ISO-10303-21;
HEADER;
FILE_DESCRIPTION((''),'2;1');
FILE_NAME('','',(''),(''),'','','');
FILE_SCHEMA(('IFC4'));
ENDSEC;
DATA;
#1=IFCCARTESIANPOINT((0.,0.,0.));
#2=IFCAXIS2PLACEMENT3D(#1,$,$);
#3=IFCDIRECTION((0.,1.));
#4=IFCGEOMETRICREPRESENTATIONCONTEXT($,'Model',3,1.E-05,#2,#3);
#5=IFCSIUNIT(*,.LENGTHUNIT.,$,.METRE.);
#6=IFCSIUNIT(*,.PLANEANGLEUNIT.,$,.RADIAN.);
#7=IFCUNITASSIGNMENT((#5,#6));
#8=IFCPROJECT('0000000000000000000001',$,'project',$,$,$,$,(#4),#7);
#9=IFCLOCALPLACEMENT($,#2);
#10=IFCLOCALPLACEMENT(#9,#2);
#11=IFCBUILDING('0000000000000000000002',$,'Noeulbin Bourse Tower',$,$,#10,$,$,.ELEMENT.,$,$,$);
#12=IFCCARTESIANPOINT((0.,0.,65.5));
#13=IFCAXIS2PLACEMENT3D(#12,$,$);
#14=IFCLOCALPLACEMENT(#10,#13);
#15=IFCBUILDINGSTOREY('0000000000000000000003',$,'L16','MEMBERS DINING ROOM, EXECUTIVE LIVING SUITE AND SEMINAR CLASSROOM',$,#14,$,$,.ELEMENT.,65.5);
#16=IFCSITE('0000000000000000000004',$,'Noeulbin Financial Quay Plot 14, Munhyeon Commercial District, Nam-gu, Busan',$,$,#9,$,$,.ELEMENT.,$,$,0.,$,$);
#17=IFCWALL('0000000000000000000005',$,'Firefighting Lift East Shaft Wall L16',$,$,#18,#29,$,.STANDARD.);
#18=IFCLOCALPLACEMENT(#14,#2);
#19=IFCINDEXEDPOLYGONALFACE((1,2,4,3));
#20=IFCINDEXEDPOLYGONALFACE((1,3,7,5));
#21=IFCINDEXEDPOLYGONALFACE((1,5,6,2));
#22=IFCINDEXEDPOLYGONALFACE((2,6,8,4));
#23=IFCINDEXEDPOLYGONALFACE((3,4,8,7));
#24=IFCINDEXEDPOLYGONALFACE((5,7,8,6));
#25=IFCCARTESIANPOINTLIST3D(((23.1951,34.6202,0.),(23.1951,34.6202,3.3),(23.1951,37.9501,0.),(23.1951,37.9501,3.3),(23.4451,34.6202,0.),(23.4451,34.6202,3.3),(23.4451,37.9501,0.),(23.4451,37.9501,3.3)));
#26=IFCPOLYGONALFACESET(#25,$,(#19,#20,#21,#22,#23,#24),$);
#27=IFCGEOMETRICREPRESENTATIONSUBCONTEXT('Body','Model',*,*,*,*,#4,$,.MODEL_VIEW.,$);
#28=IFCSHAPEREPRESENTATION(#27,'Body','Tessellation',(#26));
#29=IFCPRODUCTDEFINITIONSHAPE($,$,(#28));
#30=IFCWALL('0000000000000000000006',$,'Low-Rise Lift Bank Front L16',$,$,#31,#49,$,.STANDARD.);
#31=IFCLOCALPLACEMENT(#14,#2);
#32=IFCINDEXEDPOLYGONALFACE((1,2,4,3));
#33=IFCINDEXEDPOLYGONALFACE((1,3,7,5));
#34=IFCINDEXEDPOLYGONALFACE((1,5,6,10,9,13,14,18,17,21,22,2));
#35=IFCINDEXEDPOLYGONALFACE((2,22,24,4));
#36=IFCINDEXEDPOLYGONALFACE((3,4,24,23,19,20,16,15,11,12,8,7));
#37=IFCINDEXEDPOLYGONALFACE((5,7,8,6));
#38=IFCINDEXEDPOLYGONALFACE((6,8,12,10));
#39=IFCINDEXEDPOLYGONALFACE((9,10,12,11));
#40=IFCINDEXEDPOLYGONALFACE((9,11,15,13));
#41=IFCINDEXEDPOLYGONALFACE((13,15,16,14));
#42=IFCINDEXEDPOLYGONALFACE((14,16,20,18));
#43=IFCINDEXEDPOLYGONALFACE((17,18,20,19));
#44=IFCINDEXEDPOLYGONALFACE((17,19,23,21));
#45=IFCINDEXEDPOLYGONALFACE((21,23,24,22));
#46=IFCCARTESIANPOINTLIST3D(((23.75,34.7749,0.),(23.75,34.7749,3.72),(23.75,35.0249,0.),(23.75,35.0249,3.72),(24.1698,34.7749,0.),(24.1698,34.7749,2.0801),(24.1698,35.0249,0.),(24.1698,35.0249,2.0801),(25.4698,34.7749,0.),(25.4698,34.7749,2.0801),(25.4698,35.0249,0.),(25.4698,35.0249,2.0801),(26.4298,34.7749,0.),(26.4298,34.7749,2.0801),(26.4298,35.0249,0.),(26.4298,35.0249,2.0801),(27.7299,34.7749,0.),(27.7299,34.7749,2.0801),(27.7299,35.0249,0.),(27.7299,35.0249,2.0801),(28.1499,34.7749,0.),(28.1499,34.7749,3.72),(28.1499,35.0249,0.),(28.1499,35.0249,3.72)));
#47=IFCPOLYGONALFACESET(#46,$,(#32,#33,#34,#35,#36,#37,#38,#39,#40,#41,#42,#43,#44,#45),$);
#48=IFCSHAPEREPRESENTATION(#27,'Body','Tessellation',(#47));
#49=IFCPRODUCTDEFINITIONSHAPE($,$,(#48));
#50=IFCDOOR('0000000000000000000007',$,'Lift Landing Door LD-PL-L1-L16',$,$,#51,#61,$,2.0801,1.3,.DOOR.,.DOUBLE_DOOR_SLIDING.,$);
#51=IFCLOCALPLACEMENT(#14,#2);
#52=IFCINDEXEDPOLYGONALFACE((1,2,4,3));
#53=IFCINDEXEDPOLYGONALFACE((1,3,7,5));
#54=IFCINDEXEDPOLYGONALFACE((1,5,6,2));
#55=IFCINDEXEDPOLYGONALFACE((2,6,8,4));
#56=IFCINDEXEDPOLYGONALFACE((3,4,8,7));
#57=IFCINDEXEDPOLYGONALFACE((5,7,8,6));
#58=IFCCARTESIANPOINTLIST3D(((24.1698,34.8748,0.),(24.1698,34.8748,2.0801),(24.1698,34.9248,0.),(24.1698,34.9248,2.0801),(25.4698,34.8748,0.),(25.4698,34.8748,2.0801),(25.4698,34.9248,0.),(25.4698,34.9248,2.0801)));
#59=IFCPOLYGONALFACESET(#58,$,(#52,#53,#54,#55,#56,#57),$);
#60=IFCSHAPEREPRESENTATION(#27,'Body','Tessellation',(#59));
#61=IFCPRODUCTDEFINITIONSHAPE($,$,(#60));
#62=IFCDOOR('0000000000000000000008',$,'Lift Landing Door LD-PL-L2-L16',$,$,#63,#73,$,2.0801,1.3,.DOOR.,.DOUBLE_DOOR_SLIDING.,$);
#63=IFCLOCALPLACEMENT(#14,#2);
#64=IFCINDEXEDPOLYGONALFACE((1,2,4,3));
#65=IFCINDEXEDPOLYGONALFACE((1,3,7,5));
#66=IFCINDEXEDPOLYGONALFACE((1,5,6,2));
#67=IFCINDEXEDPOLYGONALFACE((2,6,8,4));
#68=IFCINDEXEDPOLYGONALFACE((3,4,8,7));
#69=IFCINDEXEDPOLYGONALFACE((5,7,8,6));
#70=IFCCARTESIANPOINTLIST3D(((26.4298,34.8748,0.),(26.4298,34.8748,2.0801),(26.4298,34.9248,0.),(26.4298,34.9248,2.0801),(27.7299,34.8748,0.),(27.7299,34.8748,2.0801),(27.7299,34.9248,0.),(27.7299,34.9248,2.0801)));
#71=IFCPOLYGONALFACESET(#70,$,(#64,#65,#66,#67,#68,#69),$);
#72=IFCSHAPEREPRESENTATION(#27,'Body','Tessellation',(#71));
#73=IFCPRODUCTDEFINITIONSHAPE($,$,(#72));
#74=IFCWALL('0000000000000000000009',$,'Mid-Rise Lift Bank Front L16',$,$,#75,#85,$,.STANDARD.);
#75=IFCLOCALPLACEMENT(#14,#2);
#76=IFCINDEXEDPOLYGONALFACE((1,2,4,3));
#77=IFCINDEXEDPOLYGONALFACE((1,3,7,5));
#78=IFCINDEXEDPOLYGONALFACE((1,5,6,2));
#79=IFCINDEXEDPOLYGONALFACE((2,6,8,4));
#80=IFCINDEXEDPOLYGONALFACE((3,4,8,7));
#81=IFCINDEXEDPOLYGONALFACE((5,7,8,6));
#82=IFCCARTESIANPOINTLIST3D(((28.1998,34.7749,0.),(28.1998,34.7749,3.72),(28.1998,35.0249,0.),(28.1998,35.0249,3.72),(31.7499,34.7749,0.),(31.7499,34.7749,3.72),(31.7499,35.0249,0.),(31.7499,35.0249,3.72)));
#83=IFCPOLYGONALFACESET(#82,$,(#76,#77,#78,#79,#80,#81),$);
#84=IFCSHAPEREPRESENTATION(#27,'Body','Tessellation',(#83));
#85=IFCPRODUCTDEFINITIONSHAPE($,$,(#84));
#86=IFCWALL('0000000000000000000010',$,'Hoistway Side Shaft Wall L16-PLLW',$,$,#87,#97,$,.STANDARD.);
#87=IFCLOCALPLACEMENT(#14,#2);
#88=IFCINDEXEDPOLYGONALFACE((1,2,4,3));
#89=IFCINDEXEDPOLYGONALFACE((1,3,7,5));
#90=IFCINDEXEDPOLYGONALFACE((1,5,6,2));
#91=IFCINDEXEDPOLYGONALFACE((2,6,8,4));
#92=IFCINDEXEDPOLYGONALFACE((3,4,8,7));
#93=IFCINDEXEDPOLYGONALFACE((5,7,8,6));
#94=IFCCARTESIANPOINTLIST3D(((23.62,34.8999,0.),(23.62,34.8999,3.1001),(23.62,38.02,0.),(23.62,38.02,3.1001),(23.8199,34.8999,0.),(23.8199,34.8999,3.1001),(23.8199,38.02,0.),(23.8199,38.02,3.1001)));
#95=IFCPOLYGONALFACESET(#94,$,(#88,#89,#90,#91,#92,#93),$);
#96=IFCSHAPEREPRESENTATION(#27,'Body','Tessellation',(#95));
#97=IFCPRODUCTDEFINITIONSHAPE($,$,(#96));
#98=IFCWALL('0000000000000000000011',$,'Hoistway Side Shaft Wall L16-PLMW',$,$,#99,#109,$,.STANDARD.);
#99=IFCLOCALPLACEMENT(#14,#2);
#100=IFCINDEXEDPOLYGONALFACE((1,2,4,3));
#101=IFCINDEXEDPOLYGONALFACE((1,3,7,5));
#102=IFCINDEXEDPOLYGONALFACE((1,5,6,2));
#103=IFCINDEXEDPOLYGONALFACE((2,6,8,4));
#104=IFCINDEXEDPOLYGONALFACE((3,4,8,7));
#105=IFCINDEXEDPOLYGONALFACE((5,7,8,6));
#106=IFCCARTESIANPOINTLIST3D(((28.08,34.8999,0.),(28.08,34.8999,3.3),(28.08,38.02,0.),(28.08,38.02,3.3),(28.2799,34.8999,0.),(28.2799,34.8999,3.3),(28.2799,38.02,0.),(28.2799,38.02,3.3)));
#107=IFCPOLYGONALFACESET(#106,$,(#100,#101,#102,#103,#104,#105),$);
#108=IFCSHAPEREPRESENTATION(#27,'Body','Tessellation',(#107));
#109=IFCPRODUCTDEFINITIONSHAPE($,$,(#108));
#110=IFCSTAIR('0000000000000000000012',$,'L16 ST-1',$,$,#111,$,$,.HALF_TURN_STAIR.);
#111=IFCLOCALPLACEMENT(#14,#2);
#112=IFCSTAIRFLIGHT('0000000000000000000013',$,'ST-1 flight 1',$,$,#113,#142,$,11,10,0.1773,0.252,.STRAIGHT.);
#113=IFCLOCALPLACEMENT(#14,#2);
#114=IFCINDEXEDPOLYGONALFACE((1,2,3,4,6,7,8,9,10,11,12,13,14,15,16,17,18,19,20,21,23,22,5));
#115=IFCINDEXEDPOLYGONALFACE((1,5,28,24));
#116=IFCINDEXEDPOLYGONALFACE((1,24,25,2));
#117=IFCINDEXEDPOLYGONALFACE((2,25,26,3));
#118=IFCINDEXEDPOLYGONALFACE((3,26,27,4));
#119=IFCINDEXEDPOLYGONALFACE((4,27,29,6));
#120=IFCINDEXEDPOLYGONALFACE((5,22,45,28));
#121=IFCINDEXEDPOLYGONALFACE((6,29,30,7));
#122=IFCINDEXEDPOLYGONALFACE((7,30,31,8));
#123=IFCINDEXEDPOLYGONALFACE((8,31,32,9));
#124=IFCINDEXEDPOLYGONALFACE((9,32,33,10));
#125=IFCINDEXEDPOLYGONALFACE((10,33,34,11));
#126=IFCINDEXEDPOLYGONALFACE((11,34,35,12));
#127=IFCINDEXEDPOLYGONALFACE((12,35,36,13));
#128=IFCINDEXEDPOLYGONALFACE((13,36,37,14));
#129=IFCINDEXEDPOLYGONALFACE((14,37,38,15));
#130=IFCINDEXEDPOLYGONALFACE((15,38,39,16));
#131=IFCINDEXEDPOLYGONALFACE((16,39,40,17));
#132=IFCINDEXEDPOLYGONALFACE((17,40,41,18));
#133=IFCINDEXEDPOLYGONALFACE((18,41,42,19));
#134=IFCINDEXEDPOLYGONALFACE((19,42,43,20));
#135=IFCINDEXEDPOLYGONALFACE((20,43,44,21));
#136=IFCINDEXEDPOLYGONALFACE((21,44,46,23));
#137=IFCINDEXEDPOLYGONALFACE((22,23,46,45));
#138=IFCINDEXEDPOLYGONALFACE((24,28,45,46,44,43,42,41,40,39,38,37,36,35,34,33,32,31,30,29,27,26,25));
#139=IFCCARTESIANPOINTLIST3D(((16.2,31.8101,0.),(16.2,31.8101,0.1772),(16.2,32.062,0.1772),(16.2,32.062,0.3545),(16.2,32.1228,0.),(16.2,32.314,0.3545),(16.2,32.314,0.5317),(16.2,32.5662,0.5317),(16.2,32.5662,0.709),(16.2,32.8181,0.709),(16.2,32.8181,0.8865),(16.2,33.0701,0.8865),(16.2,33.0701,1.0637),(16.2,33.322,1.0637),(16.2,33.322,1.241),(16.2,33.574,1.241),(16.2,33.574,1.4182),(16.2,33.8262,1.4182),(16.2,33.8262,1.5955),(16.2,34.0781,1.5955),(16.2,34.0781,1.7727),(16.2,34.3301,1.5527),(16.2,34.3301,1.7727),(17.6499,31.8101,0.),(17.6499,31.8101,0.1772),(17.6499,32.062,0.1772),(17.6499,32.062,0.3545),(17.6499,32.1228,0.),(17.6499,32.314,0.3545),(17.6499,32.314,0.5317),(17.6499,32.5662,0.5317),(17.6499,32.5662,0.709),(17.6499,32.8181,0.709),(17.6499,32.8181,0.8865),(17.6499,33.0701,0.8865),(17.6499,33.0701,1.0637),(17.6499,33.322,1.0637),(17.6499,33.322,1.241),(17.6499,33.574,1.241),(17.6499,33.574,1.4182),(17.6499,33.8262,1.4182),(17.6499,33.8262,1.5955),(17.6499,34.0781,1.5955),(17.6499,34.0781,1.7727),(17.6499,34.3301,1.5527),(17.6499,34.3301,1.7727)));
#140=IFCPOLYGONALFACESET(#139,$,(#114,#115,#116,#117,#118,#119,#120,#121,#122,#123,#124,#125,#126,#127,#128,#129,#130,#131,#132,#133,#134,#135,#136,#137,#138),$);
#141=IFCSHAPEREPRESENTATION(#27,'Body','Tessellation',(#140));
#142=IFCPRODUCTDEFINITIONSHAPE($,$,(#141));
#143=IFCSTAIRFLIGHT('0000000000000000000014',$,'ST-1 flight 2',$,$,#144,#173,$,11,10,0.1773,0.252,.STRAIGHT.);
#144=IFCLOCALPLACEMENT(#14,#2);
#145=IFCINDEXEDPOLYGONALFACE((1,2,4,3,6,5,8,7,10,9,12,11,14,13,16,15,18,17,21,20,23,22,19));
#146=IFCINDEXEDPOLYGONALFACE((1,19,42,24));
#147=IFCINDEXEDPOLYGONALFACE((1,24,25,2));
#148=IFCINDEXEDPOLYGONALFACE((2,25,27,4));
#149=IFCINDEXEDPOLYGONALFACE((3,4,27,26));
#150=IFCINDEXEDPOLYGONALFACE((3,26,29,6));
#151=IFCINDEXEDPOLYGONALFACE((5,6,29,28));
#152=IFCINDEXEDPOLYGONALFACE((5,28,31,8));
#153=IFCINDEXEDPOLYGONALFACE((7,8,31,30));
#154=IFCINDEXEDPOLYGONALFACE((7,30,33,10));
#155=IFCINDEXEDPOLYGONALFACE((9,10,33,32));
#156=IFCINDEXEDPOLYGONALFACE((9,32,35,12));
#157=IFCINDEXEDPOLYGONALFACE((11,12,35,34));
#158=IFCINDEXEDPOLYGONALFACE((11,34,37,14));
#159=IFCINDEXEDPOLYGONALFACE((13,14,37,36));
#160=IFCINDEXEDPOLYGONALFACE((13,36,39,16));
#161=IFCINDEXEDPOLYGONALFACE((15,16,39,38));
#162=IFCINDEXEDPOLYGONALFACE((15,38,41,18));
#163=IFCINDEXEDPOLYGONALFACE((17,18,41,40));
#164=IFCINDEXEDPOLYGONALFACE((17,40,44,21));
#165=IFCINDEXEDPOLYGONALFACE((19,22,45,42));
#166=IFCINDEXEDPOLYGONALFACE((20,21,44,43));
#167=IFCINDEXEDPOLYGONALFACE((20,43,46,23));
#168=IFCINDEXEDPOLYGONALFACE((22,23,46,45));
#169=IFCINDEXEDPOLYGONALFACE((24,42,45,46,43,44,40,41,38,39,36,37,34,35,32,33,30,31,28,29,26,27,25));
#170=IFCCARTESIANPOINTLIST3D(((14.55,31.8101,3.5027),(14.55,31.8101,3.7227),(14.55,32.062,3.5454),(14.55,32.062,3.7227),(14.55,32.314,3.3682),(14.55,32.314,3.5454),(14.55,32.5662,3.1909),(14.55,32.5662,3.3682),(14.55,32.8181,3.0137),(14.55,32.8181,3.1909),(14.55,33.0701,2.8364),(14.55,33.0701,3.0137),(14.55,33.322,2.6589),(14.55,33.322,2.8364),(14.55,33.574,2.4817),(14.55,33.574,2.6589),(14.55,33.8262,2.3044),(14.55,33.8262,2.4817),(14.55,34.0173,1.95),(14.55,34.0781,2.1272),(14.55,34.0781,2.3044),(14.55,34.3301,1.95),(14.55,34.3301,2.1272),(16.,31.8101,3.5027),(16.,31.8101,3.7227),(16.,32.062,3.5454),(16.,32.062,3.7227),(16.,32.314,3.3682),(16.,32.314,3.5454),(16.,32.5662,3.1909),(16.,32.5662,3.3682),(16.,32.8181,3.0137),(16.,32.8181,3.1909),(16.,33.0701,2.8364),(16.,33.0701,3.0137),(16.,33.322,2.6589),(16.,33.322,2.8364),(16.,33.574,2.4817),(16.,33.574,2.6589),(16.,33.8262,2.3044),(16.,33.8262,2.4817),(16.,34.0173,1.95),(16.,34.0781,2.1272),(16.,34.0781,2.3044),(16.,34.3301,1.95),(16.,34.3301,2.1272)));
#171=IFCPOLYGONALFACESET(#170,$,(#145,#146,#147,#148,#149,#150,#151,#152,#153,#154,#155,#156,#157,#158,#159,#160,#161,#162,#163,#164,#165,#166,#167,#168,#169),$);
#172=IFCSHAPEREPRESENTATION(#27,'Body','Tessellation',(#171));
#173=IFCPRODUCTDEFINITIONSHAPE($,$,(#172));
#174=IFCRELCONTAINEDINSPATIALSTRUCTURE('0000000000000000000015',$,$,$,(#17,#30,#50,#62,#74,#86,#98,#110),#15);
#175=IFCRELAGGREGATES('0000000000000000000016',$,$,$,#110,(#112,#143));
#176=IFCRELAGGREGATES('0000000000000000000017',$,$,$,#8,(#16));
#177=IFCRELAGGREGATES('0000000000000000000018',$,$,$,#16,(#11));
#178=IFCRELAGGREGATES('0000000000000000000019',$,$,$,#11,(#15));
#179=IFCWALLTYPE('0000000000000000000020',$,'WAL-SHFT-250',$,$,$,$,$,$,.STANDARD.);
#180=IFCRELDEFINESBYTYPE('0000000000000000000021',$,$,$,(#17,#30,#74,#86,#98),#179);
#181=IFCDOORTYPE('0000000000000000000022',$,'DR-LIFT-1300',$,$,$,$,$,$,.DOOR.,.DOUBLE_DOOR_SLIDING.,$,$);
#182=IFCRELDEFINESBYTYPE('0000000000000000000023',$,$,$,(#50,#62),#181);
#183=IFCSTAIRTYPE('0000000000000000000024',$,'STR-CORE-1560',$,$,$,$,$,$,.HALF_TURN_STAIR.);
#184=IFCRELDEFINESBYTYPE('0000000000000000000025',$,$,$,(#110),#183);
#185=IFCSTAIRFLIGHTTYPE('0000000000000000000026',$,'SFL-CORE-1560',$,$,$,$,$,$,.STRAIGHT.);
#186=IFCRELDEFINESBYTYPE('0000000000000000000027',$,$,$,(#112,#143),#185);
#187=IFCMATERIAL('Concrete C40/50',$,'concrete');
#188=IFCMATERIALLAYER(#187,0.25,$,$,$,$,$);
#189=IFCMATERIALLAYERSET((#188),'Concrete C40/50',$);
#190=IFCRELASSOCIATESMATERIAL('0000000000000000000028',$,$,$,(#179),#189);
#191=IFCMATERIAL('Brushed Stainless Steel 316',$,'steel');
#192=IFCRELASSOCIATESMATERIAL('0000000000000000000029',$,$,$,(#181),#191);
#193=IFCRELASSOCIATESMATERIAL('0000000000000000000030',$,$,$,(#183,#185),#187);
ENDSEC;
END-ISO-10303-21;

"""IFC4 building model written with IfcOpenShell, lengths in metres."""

from ifc_helpers import new_model, si_unit, direction, frame, frame_2d, origin, place, context, subcontext, project, spatial, polyline, rectangle, outline, extrude, material, layer, layer_set, type_object, element, fill, aggregate, save


model = new_model("IFC4")

# Units and contexts
model_context = context("Model", 3, precision=1e-05, world=origin(), true_north=direction((0.0, 1.0)))
body_context = subcontext(model_context, "Body", "Model", "MODEL_VIEW")
ifc_project = project(units=[si_unit("LENGTHUNIT", "METRE"), si_unit("PLANEANGLEUNIT", "RADIAN")], contexts=[model_context])

# Site, building, storey
site_placement = place(None, origin())
site = spatial("IfcSite", under=ifc_project, at=site_placement, Name="Noeulbin Financial Quay Plot 14, Munhyeon Commercial District, Nam-gu, Busan", CompositionType="ELEMENT", RefElevation=0.0)
building_placement = place(site_placement, origin())
building = spatial("IfcBuilding", under=site, at=building_placement, Name="Noeulbin Bourse Tower", CompositionType="ELEMENT")
storey_placement = place(building_placement, frame((0.0, 0.0, 65.5)))
storey = spatial("IfcBuildingStorey", under=building, at=storey_placement, Name="L16", Description="MEMBERS DINING ROOM, EXECUTIVE LIVING SUITE AND SEMINAR CLASSROOM", CompositionType="ELEMENT", Elevation=65.5)

# Shared definitions
ifc_material_1 = material(Name="Concrete C40/50", Category="concrete")

# Shared definitions
ifc_layer_1 = layer(ifc_material_1, 0.25)
ifc_layer_set_1 = layer_set([ifc_layer_1], Name="Concrete C40/50")
wall_type_1 = type_object("IfcWallType", Name="WAL-SHFT-250", PredefinedType="STANDARD", material=ifc_layer_set_1)

# Shared definitions
ifc_material_2 = material(Name="Brushed Stainless Steel 316", Category="steel")

# Wall
for number, where, z_axis, x_axis, name in (
    (1, (23.3201, 34.6201, 0.0), (0.0, 0.0, 1.0), (0.0, 1.0, 0.0), "Firefighting Lift East Shaft Wall L16"),
):
    element("IfcWall", number, at=place(storey_placement, frame(where, z_axis=z_axis, x_axis=x_axis)), inside=storey, type_object=wall_type_1, Name=name, PredefinedType="STANDARD", context=body_context, shape_type="SweptSolid", body=[
        extrude(rectangle(XDim=3.3298, YDim=0.25, at=frame_2d((1.665, 0.0))), origin(), (0.0, 0.0, 1.0), 3.3),
    ])

# Wall, openings, doors
wall_1_placement = place(storey_placement, frame((23.75, 34.8999, 0.0), z_axis=(0.0, 0.0, 1.0), x_axis=(1.0, 0.0, 0.0)))
wall_1 = element("IfcWall", 2, at=wall_1_placement, inside=storey, type_object=wall_type_1, Name="Low-Rise Lift Bank Front L16", PredefinedType="STANDARD", context=body_context, shape_type="SweptSolid", body=[
    extrude(rectangle(XDim=4.3999, YDim=0.25, at=frame_2d((2.2, 0.0))), origin(), (0.0, 0.0, 1.0), 3.72),
])
opening_1_placement = place(wall_1_placement, frame((0.4199, 0.0, 0.0)))
opening_1 = element("IfcOpeningElement", 3, at=opening_1_placement, cuts=wall_1, PredefinedType="OPENING", context=body_context, shape_type="SweptSolid", body=[
    extrude(rectangle(XDim=1.3, YDim=2.0801, at=frame_2d((0.6499, 1.04))), frame((0.0, 0.135, 0.0), z_axis=(0.0, -1.0, 0.0), x_axis=(1.0, 0.0, 0.0)), (0.0, 0.0, 1.0), 0.27),
])
opening_2_placement = place(wall_1_placement, frame((2.6799, 0.0, 0.0)))
opening_2 = element("IfcOpeningElement", 4, at=opening_2_placement, cuts=wall_1, PredefinedType="OPENING", context=body_context, shape_type="SweptSolid", body=[
    extrude(rectangle(XDim=1.3, YDim=2.0801, at=frame_2d((0.6499, 1.04))), frame((0.0, 0.135, 0.0), z_axis=(0.0, -1.0, 0.0), x_axis=(1.0, 0.0, 0.0)), (0.0, 0.0, 1.0), 0.27),
])
door_type_1 = type_object("IfcDoorType", Name="DR-LIFT-1300", OperationType="DOUBLE_DOOR_SLIDING", PredefinedType="DOOR", material=ifc_material_2)
door_1_placement = place(opening_1_placement, origin())
door_1 = element("IfcDoor", 5, at=door_1_placement, inside=storey, type_object=door_type_1, Name="Lift Landing Door LD-PL-L1-L16", OperationType="DOUBLE_DOOR_SLIDING", OverallHeight=2.0801, OverallWidth=1.3, PredefinedType="DOOR", context=body_context, shape_type="SweptSolid", body=[
    extrude(rectangle(XDim=1.3, YDim=2.0801, at=frame_2d((0.6499, 1.04))), frame((0.0, 0.0249, 0.0), z_axis=(0.0, -1.0, 0.0), x_axis=(1.0, 0.0, 0.0)), (0.0, 0.0, 1.0), 0.05),
])
fill(opening_1, door_1)
door_2_placement = place(opening_2_placement, origin())
door_2 = element("IfcDoor", 6, at=door_2_placement, inside=storey, type_object=door_type_1, Name="Lift Landing Door LD-PL-L2-L16", OperationType="DOUBLE_DOOR_SLIDING", OverallHeight=2.0801, OverallWidth=1.3, PredefinedType="DOOR", context=body_context, shape_type="SweptSolid", body=[
    extrude(rectangle(XDim=1.3, YDim=2.0801, at=frame_2d((0.6499, 1.04))), frame((0.0, 0.0249, 0.0), z_axis=(0.0, -1.0, 0.0), x_axis=(1.0, 0.0, 0.0)), (0.0, 0.0, 1.0), 0.05),
])
fill(opening_2, door_2)

# Walls
wall_2_placement = place(storey_placement, frame((28.2, 34.8999, 0.0), z_axis=(0.0, 0.0, 1.0), x_axis=(1.0, 0.0, 0.0)))
element("IfcWall", 7, at=wall_2_placement, inside=storey, type_object=wall_type_1, Name="Mid-Rise Lift Bank Front L16", PredefinedType="STANDARD", context=body_context, shape_type="SweptSolid", body=[
    extrude(rectangle(XDim=3.55, YDim=0.25, at=frame_2d((1.7749, 0.0))), origin(), (0.0, 0.0, 1.0), 3.72),
])
wall_3_placement = place(storey_placement, frame((23.72, 34.8999, 0.0), z_axis=(0.0, 0.0, 1.0), x_axis=(0.0, 1.0, 0.0)))
element("IfcWall", 8, at=wall_3_placement, inside=storey, type_object=wall_type_1, Name="Hoistway Side Shaft Wall L16-PLLW", PredefinedType="STANDARD", context=body_context, shape_type="SweptSolid", body=[
    extrude(rectangle(XDim=3.1201, YDim=0.2, at=frame_2d((1.5601, 0.0))), origin(), (0.0, 0.0, 1.0), 3.1001),
])
wall_4_placement = place(storey_placement, frame((28.1799, 34.8999, 0.0), z_axis=(0.0, 0.0, 1.0), x_axis=(0.0, 1.0, 0.0)))
element("IfcWall", 9, at=wall_4_placement, inside=storey, type_object=wall_type_1, Name="Hoistway Side Shaft Wall L16-PLMW", PredefinedType="STANDARD", context=body_context, shape_type="SweptSolid", body=[
    extrude(rectangle(XDim=3.1201, YDim=0.2, at=frame_2d((1.5601, 0.0))), origin(), (0.0, 0.0, 1.0), 3.3),
])

# Stair, stair flights
stair_type = type_object("IfcStairType", Name="STR-CORE-1560", PredefinedType="HALF_TURN_STAIR", material=ifc_material_1)
stair_placement = place(storey_placement, origin())
stair = element("IfcStair", 10, at=stair_placement, inside=storey, type_object=stair_type, Name="L16 ST-1", PredefinedType="HALF_TURN_STAIR")
stair_flight_type = type_object("IfcStairFlightType", Name="SFL-CORE-1560", PredefinedType="STRAIGHT", material=ifc_material_1)
stair_flight_1_placement = place(storey_placement, frame((16.925, 31.8101, 0.0), z_axis=(0.0, 0.0, 1.0), x_axis=(0.0, 1.0, 0.0)))
stair_flight_1 = element("IfcStairFlight", 11, at=stair_flight_1_placement, type_object=stair_flight_type, Name="ST-1 flight 1", NumberOfRisers=11, NumberOfTreads=10, PredefinedType="STRAIGHT", RiserHeight=0.1773, TreadLength=0.252, context=body_context, shape_type="SweptSolid", body=[
    extrude(outline(polyline([(0.0, 0.0), (0.0, 0.1772), (0.252, 0.1772), (0.252, 0.3545), (0.5039, 0.3545), (0.5039, 0.5317), (0.7561, 0.5317), (0.7561, 0.709), (1.0081, 0.709), (1.0081, 0.8865), (1.26, 0.8865), (1.26, 1.0637), (1.512, 1.0637), (1.512, 1.241), (1.7639, 1.241), (1.7639, 1.4182), (2.0161, 1.4182), (2.0161, 1.5955), (2.2681, 1.5955), (2.2681, 1.7727), (2.52, 1.7727), (2.52, 1.95), (2.52, 1.5527), (0.3127, 0.0), (0.0, 0.0)])), frame((0.0, 0.7251, 0.0), z_axis=(0.0, -1.0, 0.0), x_axis=(1.0, 0.0, 0.0)), (0.0, 0.0, 1.0), 1.45),
])
stair_flight_2_placement = place(storey_placement, frame((15.2749, 34.3301, 1.95), z_axis=(0.0, 0.0, 1.0), x_axis=(0.0, -1.0, 0.0)))
stair_flight_2 = element("IfcStairFlight", 12, at=stair_flight_2_placement, type_object=stair_flight_type, Name="ST-1 flight 2", NumberOfRisers=11, NumberOfTreads=10, PredefinedType="STRAIGHT", RiserHeight=0.1773, TreadLength=0.252, context=body_context, shape_type="SweptSolid", body=[
    extrude(outline(polyline([(0.0, 0.0), (0.0, 0.1772), (0.252, 0.1772), (0.252, 0.3545), (0.5039, 0.3545), (0.5039, 0.5317), (0.7561, 0.5317), (0.7561, 0.709), (1.0081, 0.709), (1.0081, 0.8865), (1.26, 0.8865), (1.26, 1.0637), (1.512, 1.0637), (1.512, 1.241), (1.7639, 1.241), (1.7639, 1.4182), (2.0161, 1.4182), (2.0161, 1.5955), (2.2681, 1.5955), (2.2681, 1.7727), (2.52, 1.7727), (2.52, 1.95), (2.52, 1.5527), (0.3127, 0.0), (0.0, 0.0)])), frame((0.0, 0.7251, 0.0), z_axis=(0.0, -1.0, 0.0), x_axis=(1.0, 0.0, 0.0)), (0.0, 0.0, 1.0), 1.45),
])
aggregate(stair, [stair_flight_1, stair_flight_2])

save(model, "model.ifc")
